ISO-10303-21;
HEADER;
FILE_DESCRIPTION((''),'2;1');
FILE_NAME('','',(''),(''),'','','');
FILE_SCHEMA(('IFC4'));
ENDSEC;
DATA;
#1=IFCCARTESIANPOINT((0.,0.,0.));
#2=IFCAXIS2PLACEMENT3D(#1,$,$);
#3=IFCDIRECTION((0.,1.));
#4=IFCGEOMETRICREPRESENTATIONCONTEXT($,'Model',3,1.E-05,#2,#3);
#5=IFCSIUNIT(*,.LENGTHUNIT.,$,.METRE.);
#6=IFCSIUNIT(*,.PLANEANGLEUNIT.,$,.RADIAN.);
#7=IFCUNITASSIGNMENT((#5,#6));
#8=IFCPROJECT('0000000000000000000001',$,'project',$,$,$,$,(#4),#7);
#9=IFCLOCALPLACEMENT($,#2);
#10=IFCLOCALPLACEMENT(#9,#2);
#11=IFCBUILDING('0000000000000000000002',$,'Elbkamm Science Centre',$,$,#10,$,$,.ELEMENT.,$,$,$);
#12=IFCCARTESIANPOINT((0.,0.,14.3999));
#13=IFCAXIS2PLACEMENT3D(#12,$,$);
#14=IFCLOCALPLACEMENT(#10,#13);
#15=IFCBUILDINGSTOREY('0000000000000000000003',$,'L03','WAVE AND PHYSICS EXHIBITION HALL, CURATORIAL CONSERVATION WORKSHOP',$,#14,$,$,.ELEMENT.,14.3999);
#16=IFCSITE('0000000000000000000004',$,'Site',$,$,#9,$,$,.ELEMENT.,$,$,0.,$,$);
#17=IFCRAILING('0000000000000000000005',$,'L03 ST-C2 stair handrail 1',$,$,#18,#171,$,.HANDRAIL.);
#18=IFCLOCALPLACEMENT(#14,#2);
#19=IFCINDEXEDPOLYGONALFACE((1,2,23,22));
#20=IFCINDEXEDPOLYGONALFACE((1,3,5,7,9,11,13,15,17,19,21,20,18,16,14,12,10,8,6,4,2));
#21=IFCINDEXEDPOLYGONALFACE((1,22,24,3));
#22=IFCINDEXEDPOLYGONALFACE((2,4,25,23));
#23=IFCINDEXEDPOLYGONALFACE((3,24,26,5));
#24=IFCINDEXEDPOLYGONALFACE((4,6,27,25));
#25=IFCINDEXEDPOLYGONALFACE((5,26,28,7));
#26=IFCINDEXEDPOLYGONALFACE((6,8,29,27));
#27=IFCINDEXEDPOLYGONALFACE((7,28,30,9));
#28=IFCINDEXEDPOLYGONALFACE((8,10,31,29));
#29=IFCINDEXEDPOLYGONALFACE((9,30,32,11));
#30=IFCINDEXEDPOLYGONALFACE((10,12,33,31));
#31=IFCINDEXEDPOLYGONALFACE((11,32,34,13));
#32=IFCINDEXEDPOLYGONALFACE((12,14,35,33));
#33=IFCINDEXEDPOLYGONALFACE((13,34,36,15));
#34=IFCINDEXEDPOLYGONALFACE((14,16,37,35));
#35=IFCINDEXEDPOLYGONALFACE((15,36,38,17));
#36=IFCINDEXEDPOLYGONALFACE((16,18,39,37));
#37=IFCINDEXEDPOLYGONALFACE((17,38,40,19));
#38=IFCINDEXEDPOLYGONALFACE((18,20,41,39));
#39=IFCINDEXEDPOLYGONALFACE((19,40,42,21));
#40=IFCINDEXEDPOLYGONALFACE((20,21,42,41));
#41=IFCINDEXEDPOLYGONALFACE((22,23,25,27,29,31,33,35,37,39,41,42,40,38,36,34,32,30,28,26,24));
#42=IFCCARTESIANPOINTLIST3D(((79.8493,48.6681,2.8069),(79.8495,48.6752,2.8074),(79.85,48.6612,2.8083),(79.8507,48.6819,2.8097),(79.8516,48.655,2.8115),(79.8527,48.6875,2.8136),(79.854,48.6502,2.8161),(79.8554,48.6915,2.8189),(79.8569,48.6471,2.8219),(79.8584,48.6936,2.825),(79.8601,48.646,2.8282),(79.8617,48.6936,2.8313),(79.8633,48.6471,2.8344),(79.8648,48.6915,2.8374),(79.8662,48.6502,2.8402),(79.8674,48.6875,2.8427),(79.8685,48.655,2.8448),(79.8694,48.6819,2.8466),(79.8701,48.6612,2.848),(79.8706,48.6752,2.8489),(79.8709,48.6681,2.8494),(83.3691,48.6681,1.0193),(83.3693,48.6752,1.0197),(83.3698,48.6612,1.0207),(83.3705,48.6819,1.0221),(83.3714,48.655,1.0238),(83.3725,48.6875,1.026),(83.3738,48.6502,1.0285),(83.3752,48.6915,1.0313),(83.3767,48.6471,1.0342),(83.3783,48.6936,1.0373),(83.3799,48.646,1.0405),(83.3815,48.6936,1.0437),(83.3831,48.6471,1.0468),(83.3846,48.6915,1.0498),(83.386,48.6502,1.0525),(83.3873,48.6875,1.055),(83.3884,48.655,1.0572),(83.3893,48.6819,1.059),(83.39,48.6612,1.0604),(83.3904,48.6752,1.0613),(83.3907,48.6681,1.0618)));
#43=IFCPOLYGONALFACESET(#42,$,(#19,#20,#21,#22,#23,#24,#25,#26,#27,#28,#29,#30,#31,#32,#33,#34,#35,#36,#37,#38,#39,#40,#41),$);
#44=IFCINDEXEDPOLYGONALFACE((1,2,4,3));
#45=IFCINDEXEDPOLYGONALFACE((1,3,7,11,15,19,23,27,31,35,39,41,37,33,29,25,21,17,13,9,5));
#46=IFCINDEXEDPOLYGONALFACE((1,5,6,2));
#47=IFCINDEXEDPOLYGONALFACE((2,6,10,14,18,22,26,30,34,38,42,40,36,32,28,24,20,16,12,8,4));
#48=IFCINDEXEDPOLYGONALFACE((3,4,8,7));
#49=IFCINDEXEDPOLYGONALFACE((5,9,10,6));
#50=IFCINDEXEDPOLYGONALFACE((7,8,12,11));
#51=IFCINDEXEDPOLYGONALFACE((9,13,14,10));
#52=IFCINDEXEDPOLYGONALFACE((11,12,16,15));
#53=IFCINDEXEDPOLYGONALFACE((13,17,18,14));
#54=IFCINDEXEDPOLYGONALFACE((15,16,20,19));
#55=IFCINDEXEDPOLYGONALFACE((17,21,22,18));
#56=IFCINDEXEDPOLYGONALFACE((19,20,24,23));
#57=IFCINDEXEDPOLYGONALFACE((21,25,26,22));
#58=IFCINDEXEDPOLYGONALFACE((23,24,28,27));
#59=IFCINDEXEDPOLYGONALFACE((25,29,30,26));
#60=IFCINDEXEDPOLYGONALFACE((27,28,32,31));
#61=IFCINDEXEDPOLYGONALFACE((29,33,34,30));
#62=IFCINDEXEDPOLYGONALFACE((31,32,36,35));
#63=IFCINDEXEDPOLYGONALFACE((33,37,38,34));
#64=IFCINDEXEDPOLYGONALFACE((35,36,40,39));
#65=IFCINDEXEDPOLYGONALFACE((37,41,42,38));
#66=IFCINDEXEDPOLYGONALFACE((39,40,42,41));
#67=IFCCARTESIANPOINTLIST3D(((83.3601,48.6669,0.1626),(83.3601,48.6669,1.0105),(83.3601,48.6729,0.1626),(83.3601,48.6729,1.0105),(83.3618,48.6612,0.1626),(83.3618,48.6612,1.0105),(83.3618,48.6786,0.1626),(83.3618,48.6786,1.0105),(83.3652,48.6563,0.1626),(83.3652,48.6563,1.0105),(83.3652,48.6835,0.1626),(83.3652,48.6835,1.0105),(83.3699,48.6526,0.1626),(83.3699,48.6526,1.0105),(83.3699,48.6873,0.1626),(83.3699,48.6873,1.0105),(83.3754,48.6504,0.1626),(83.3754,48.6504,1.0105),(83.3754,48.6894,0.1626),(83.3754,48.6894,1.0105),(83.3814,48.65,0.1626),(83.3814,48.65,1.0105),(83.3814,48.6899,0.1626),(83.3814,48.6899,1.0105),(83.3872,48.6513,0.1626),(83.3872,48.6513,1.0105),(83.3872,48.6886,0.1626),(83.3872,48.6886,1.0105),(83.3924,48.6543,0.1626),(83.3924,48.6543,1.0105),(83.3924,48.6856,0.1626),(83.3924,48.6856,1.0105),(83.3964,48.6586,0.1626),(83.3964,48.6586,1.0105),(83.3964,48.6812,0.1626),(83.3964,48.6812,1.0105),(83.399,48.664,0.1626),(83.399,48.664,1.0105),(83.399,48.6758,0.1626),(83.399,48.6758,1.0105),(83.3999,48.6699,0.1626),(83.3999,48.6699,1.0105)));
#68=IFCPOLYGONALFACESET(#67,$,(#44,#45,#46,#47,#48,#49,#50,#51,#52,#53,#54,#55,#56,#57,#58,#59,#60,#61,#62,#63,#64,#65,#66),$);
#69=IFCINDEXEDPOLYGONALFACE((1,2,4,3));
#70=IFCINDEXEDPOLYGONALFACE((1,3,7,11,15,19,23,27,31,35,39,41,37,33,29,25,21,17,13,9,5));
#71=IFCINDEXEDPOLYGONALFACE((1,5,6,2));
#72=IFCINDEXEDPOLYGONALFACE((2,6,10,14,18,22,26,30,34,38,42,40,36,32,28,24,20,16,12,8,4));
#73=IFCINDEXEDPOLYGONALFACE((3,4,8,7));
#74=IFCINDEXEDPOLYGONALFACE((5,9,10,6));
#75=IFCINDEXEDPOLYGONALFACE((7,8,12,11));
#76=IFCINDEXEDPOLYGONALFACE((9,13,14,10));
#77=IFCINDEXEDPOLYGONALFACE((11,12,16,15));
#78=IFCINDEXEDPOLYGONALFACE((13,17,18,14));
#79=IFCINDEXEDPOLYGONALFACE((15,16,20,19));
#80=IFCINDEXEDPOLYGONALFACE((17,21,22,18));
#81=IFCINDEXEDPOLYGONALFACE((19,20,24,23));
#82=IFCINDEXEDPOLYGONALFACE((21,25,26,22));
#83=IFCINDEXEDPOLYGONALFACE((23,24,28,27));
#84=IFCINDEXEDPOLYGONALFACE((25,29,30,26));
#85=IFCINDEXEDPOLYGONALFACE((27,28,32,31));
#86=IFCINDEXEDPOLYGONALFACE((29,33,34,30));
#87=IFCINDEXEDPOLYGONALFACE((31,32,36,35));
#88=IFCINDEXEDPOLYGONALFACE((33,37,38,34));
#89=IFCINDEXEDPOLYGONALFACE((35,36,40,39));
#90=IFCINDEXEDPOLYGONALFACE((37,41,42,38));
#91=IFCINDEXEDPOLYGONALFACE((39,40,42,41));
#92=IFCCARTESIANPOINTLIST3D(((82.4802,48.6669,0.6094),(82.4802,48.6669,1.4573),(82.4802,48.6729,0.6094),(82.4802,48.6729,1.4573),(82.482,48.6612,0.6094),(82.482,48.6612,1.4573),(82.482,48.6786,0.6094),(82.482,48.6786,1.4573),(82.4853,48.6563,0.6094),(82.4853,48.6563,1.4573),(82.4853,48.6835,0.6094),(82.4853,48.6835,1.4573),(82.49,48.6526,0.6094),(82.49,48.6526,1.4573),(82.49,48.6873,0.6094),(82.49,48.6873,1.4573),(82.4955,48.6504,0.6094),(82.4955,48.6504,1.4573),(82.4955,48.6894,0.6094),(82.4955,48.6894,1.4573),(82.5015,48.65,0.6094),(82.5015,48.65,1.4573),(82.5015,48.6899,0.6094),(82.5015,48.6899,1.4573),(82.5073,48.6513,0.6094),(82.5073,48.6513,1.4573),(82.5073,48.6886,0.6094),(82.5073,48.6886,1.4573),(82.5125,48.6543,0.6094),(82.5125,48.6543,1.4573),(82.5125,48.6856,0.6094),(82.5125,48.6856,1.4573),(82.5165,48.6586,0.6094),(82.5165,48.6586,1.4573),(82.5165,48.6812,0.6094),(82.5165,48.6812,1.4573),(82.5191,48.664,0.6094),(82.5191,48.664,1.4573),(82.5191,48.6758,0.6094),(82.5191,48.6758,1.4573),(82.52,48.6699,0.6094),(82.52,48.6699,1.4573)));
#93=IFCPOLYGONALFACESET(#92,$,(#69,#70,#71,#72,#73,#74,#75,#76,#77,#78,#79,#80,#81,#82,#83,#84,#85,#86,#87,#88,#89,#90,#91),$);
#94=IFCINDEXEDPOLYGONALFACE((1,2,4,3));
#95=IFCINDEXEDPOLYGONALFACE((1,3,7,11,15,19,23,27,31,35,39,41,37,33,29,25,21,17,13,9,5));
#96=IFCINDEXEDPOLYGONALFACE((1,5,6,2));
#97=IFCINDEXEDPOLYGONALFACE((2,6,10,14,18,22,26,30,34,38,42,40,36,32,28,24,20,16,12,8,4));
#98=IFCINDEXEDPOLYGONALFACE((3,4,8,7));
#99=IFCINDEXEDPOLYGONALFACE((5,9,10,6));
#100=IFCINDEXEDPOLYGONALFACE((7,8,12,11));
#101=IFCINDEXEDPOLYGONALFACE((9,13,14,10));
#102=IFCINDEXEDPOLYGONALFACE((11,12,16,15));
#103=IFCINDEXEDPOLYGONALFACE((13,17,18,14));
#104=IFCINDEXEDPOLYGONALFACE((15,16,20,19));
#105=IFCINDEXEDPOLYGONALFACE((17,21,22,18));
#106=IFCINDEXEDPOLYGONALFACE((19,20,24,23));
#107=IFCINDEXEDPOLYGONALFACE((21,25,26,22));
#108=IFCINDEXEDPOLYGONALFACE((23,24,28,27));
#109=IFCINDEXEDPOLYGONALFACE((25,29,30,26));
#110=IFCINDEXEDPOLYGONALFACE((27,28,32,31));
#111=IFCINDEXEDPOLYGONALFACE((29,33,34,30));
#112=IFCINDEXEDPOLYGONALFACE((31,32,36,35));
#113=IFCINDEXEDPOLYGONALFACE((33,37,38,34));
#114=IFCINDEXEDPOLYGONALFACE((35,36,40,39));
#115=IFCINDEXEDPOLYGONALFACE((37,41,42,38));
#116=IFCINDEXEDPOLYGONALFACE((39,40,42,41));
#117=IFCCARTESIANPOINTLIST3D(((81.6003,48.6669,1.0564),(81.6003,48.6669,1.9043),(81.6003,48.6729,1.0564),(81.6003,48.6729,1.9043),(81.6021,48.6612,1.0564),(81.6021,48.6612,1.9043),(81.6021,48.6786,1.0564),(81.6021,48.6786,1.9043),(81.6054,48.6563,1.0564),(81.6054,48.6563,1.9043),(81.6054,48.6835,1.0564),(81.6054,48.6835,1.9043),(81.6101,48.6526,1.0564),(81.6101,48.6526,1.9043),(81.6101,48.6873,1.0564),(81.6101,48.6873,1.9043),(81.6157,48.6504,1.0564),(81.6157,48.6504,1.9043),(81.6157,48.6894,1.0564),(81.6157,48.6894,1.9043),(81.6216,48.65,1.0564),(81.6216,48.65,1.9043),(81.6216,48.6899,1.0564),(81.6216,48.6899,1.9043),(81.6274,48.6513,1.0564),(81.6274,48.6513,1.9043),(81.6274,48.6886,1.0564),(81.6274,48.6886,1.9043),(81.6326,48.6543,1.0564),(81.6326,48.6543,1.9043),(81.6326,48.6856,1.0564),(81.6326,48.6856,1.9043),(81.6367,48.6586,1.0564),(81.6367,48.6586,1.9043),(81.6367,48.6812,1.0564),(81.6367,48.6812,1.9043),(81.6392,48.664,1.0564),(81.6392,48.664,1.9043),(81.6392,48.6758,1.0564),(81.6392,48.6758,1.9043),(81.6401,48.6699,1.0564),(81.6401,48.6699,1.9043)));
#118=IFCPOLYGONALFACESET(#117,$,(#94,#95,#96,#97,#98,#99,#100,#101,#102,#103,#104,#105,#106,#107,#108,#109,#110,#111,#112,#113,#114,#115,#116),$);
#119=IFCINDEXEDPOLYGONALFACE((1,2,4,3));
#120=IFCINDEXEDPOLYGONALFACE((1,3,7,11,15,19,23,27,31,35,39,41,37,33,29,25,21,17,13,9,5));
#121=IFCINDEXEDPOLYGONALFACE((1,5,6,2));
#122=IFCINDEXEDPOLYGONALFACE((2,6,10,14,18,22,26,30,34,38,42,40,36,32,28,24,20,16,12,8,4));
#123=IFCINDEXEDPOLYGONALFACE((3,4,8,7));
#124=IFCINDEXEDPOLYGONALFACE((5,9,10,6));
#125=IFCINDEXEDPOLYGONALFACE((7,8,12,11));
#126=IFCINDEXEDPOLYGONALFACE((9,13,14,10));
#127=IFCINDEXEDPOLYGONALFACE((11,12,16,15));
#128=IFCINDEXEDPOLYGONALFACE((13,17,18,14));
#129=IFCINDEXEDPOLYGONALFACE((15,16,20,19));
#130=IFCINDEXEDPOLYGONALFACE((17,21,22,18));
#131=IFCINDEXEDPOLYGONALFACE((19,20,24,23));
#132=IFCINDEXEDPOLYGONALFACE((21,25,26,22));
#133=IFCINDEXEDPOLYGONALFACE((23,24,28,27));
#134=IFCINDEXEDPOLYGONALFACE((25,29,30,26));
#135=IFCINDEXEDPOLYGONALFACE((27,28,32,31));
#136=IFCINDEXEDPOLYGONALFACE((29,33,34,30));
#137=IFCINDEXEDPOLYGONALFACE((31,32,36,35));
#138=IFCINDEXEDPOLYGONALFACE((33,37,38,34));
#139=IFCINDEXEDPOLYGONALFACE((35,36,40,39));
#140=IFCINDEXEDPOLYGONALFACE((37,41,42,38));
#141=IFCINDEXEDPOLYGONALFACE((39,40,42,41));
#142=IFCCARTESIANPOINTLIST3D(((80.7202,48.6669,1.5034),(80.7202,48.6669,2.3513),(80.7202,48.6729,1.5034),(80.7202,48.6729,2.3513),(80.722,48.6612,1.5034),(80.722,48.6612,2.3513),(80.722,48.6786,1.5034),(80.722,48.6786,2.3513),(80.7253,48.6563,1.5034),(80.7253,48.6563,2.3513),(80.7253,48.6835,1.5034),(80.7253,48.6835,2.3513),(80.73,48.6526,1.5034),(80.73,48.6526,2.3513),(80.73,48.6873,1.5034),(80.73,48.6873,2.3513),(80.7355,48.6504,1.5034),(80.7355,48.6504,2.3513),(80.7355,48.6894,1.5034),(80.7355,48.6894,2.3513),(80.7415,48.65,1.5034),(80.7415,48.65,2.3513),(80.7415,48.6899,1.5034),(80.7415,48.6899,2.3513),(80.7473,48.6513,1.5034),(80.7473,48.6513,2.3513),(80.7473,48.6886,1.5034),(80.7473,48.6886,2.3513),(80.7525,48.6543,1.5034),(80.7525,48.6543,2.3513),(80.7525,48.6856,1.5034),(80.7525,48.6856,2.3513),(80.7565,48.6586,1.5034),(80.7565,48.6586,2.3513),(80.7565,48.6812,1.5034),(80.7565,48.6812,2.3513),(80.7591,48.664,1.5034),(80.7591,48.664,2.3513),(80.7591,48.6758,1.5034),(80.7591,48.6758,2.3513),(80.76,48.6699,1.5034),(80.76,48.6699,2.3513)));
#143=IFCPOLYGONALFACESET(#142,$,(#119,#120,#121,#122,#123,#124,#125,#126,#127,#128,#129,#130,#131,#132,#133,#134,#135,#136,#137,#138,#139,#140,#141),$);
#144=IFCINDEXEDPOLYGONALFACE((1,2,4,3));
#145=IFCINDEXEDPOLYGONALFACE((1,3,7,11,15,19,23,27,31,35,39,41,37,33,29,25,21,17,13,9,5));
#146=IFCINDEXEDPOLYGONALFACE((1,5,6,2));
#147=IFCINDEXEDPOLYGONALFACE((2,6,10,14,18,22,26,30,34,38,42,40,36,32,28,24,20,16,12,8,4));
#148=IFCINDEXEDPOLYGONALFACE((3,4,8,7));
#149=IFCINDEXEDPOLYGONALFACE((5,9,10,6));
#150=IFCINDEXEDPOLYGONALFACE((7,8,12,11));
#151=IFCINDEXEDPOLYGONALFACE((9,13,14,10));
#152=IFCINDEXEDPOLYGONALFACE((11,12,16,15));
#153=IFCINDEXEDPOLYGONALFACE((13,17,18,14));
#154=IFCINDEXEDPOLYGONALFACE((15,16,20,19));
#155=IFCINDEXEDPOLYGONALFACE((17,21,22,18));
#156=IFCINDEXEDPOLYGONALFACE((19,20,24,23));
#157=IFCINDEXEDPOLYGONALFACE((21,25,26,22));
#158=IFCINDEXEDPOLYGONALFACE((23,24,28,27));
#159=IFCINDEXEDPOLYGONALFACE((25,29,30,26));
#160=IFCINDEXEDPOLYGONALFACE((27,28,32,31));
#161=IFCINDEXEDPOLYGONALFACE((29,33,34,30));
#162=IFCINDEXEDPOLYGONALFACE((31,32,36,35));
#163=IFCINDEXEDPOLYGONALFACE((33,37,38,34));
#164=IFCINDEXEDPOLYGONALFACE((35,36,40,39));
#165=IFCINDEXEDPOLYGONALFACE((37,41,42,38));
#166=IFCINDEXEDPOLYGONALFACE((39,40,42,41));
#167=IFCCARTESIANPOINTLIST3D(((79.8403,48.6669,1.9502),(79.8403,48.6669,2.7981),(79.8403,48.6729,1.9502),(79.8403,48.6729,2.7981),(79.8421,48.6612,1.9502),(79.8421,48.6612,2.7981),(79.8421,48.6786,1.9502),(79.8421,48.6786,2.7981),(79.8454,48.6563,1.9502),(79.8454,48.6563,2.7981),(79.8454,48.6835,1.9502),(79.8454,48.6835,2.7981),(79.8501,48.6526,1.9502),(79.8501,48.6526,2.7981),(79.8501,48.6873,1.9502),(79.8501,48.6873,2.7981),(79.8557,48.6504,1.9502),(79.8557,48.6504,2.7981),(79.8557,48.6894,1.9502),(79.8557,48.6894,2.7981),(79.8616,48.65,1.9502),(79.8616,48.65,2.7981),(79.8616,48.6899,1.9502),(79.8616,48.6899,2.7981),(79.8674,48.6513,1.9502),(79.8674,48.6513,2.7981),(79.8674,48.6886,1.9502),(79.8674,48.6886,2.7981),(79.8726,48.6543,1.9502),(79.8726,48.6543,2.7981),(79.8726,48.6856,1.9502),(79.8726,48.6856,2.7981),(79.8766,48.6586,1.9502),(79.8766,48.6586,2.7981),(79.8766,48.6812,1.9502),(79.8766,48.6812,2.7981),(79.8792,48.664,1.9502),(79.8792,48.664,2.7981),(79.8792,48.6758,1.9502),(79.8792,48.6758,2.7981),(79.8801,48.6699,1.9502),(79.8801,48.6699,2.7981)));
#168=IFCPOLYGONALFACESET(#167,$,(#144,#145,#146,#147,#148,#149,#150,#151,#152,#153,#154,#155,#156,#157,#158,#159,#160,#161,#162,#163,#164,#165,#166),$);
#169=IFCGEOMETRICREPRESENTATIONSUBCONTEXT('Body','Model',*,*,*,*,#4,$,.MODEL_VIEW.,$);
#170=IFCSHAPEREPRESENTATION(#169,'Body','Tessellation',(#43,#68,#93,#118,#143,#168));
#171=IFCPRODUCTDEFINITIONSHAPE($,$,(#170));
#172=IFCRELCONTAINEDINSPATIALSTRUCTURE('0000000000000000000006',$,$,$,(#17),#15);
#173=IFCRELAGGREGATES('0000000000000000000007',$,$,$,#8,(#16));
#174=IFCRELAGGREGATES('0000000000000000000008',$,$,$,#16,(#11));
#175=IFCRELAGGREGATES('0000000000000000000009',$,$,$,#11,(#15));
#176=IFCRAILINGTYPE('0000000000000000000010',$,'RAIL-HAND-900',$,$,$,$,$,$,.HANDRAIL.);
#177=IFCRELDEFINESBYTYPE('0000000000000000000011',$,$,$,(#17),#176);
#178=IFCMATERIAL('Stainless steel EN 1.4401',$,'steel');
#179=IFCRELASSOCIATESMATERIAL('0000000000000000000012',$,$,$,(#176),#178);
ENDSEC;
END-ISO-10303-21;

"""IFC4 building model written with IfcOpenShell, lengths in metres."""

from ifc_helpers import new_model, si_unit, direction, frame, origin, origin_2d, place, context, subcontext, project, spatial, circle, extrude, material, type_object, element, save


model = new_model("IFC4")

# Units and contexts
model_context = context("Model", 3, precision=1e-05, world=origin(), true_north=direction((0.0, 1.0)))
body_context = subcontext(model_context, "Body", "Model", "MODEL_VIEW")
ifc_project = project(units=[si_unit("LENGTHUNIT", "METRE"), si_unit("PLANEANGLEUNIT", "RADIAN")], contexts=[model_context])

# Site, building, storey
site_placement = place(None, origin())
site = spatial("IfcSite", under=ifc_project, at=site_placement, Name="Site", CompositionType="ELEMENT", RefElevation=0.0)
building_placement = place(site_placement, origin())
building = spatial("IfcBuilding", under=site, at=building_placement, Name="Elbkamm Science Centre", CompositionType="ELEMENT")
storey_placement = place(building_placement, frame((0.0, 0.0, 14.3999)))
storey = spatial("IfcBuildingStorey", under=building, at=storey_placement, Name="L03", Description="WAVE AND PHYSICS EXHIBITION HALL, CURATORIAL CONSERVATION WORKSHOP", CompositionType="ELEMENT", Elevation=14.3999)

# Railing
ifc_material_1 = material(Name="Stainless steel EN 1.4401", Category="steel")
railing_type_1 = type_object("IfcRailingType", Name="RAIL-HAND-900", PredefinedType="HANDRAIL", material=ifc_material_1)
railing_1_placement = place(storey_placement, frame((83.3799, 48.6699, 0.1626)))
element("IfcRailing", 1, at=railing_1_placement, inside=storey, type_object=railing_type_1, Name="L03 ST-C2 stair handrail 1", PredefinedType="HANDRAIL", context=body_context, shape_type="SweptSolid", body=[
    extrude(circle(Radius=0.0239, at=origin_2d()), frame((0.0, 0.0, 0.8779), z_axis=(-0.891602, 0.0, 0.45282), x_axis=(0.0, -1.0, 0.0)), (0.0, 0.0, 1.0), 3.9478),
    extrude(circle(Radius=0.02, at=origin_2d()), origin(), (0.0, 0.0, 1.0), 0.8479),
    extrude(circle(Radius=0.02, at=origin_2d()), frame((-0.8799, 0.0, 0.4468)), (0.0, 0.0, 1.0), 0.8479),
    extrude(circle(Radius=0.02, at=origin_2d()), frame((-1.7598, 0.0, 0.8938)), (0.0, 0.0, 1.0), 0.8479),
    extrude(circle(Radius=0.02, at=origin_2d()), frame((-2.6399, 0.0, 1.3408)), (0.0, 0.0, 1.0), 0.8479),
    extrude(circle(Radius=0.02, at=origin_2d()), frame((-3.5198, 0.0, 1.7876)), (0.0, 0.0, 1.0), 0.8479),
])

save(model, "model.ifc")
